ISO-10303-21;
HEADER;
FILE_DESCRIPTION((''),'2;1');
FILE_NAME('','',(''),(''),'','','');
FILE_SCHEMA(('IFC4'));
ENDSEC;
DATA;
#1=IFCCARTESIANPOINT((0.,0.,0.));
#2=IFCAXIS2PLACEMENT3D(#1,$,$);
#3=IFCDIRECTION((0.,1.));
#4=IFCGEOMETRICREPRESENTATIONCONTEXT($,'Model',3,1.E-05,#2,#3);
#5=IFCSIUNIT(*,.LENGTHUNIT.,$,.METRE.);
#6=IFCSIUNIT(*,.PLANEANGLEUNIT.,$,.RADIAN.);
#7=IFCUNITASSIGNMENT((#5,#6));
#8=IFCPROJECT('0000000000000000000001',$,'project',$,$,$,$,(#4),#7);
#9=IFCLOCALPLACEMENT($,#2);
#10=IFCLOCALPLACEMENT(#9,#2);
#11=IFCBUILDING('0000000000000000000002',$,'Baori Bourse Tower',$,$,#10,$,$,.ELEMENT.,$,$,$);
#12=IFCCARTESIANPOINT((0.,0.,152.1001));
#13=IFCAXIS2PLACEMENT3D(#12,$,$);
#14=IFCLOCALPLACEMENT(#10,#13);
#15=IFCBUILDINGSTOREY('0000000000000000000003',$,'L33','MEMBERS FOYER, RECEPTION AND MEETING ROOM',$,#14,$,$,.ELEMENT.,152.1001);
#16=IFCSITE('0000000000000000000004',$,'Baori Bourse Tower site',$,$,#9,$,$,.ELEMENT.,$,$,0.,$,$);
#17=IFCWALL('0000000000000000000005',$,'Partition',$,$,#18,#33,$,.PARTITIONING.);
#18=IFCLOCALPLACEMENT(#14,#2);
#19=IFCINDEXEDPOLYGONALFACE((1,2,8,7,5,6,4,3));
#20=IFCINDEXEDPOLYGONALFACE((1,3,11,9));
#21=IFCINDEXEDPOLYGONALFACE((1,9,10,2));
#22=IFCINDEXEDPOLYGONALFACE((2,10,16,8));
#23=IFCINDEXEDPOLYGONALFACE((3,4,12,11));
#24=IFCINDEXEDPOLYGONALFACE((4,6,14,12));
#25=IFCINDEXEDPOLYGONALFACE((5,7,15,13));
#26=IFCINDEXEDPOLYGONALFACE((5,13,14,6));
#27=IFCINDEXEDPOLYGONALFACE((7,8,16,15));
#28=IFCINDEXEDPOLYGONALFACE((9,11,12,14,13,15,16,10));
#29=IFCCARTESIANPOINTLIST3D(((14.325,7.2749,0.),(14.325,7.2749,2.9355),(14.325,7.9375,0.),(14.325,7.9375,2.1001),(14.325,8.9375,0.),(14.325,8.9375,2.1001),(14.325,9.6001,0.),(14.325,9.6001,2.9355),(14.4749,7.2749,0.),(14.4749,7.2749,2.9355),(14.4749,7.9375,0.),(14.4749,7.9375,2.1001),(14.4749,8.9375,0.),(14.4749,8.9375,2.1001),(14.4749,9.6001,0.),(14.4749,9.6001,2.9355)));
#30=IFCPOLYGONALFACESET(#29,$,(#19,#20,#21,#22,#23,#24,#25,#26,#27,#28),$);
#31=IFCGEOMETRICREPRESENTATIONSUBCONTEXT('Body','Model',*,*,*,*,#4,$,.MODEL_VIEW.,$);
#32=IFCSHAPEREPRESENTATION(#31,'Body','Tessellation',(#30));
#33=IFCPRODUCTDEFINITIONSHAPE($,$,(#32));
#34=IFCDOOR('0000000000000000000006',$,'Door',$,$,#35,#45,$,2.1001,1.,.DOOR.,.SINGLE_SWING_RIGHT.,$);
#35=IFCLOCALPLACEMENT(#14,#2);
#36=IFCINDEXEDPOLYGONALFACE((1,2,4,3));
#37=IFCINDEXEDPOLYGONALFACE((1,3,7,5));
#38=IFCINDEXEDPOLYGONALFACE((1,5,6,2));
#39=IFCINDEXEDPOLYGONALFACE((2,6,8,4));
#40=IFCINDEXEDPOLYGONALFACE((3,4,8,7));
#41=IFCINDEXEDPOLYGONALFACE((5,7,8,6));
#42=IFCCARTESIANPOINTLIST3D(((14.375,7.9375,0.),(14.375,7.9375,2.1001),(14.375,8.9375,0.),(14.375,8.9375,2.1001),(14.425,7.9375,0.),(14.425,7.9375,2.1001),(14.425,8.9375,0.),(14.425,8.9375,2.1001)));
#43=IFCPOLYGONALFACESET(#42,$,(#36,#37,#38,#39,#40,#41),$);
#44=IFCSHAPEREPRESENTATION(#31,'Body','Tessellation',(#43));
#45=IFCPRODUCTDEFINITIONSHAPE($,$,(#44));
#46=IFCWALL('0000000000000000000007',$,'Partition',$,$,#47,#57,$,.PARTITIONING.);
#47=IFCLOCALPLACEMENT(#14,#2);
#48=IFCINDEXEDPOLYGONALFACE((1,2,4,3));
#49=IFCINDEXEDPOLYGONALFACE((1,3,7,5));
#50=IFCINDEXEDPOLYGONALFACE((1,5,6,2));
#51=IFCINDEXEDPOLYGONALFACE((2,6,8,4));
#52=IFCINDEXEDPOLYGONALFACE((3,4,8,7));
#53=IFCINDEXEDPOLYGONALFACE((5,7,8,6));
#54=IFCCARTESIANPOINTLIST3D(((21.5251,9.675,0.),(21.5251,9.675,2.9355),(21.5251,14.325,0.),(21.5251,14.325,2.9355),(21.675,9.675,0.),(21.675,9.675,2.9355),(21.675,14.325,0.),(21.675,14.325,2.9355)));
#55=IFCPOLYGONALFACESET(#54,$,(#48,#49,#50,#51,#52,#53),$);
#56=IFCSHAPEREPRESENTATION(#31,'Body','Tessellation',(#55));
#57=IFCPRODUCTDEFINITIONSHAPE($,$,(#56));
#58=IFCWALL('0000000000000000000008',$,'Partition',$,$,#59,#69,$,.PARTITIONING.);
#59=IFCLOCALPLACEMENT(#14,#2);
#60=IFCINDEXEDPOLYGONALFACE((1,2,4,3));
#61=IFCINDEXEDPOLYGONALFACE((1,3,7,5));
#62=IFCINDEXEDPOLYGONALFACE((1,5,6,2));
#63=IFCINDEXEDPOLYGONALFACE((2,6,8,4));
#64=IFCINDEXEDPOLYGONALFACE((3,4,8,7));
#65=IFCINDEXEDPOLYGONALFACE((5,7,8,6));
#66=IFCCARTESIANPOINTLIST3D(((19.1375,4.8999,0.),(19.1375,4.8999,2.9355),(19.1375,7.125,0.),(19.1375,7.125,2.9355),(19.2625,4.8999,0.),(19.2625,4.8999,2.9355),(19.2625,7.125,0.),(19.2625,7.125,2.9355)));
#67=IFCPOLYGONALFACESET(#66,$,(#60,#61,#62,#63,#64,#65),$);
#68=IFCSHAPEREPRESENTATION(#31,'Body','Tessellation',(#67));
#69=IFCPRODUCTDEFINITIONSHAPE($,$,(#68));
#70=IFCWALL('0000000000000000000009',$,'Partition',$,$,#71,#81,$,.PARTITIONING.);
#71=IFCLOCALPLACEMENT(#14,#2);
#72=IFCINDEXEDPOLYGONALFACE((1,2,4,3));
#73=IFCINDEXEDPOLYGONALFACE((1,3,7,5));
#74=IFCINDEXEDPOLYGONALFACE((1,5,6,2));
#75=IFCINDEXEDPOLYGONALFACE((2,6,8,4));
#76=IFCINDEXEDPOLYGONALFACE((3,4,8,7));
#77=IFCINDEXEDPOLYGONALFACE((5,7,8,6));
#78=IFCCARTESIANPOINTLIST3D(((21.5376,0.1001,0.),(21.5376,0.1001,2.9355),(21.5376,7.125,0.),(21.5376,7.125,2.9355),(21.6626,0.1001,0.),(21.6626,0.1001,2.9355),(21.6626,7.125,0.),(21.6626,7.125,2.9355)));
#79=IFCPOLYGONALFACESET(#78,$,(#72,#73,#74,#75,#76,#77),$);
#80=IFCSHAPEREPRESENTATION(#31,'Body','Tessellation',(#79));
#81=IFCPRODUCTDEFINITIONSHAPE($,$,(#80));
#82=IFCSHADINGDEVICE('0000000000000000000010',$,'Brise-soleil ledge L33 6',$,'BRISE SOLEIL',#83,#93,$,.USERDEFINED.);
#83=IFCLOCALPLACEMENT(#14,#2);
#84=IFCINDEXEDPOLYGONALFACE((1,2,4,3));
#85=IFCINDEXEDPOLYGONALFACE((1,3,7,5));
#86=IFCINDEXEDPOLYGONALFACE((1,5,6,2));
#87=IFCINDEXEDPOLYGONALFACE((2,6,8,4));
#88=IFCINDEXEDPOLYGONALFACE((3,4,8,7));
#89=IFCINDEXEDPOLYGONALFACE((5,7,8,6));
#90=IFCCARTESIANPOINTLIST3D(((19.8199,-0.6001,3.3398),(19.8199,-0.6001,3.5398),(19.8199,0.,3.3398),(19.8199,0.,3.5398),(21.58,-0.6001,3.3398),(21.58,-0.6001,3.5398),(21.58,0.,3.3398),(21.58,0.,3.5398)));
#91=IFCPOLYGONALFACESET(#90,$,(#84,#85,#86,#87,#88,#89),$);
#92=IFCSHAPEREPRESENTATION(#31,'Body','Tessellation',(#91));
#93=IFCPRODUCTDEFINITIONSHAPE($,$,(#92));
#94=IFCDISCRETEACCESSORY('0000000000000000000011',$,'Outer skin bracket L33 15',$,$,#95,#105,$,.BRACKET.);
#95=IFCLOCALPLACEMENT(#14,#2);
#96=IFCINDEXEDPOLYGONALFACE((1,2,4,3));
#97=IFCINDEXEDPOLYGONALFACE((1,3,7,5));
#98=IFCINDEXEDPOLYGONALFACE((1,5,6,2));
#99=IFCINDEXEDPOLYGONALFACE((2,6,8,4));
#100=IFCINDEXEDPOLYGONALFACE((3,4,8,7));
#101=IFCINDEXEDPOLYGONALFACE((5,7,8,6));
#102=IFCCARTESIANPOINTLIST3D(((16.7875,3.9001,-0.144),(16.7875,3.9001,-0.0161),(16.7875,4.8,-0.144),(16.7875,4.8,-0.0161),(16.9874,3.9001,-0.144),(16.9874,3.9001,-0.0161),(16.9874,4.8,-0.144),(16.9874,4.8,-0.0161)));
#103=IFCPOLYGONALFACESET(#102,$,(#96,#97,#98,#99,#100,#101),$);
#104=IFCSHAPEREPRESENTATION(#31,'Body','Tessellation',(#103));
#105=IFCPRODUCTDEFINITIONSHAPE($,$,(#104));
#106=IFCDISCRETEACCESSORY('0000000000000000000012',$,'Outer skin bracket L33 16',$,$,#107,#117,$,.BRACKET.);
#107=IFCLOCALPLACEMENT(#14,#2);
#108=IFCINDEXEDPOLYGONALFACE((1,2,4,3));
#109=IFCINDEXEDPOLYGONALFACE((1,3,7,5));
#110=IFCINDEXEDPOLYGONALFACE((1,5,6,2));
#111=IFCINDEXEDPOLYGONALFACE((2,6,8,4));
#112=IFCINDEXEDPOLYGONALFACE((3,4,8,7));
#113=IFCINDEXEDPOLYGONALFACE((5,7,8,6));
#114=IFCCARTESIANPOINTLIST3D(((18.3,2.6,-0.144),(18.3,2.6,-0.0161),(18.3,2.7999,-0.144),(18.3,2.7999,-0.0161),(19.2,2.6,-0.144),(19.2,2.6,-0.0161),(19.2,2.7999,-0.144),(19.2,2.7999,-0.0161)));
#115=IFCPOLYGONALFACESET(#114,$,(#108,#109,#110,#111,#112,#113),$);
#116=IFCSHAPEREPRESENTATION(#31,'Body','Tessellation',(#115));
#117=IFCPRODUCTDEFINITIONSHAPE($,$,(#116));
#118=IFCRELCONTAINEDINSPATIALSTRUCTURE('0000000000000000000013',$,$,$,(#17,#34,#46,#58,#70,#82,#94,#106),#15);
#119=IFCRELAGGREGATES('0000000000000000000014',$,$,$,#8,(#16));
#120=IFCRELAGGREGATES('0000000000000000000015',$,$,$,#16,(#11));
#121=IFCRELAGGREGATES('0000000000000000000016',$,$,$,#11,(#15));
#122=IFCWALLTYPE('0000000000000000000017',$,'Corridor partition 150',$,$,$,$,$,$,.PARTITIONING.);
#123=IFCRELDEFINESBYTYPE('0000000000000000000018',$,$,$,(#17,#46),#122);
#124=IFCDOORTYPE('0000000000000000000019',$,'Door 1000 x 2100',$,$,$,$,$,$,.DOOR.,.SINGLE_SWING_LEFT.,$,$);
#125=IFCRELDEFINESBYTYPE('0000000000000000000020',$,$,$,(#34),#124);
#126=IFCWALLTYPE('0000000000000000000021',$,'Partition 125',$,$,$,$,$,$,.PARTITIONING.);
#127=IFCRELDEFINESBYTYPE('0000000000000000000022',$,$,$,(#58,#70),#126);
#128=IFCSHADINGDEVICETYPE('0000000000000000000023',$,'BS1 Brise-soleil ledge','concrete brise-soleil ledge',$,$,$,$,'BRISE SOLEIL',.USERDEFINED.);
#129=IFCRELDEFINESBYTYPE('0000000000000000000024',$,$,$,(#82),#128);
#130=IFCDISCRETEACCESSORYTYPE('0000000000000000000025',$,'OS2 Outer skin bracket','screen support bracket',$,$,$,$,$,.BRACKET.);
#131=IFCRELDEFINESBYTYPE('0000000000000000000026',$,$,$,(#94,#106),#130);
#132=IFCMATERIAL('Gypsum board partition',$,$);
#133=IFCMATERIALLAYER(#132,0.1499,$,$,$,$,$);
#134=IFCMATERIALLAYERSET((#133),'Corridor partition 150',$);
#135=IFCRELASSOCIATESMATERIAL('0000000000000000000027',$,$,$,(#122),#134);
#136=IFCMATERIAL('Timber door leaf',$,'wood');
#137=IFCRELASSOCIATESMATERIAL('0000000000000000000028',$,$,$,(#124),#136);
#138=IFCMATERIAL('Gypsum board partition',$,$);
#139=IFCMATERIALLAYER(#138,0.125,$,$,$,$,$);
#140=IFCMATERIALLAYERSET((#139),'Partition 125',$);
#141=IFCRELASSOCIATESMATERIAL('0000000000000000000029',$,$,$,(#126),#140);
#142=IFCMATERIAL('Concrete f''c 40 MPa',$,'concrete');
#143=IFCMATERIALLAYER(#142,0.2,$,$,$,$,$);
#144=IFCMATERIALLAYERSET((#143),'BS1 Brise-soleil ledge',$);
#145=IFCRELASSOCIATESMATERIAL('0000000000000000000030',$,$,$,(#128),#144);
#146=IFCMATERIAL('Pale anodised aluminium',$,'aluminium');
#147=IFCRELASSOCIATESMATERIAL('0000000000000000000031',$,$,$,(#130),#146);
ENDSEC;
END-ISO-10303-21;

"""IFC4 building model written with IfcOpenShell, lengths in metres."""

from ifc_helpers import new_model, si_unit, direction, frame, frame_2d, origin, origin_2d, place, context, subcontext, project, spatial, rectangle, extrude, material, layer, layer_set, type_object, element, fill, save


model = new_model("IFC4")

# Units and contexts
model_context = context("Model", 3, precision=1e-05, world=origin(), true_north=direction((0.0, 1.0)))
body_context = subcontext(model_context, "Body", "Model", "MODEL_VIEW")
ifc_project = project(units=[si_unit("LENGTHUNIT", "METRE"), si_unit("PLANEANGLEUNIT", "RADIAN")], contexts=[model_context])

# Site, building, storey
site_placement = place(None, origin())
site = spatial("IfcSite", under=ifc_project, at=site_placement, Name="Baori Bourse Tower site", CompositionType="ELEMENT", RefElevation=0.0)
building_placement = place(site_placement, origin())
building = spatial("IfcBuilding", under=site, at=building_placement, Name="Baori Bourse Tower", CompositionType="ELEMENT")
storey_placement = place(building_placement, frame((0.0, 0.0, 152.1001)))
storey = spatial("IfcBuildingStorey", under=building, at=storey_placement, Name="L33", Description="MEMBERS FOYER, RECEPTION AND MEETING ROOM", CompositionType="ELEMENT", Elevation=152.1001)

# Shared definitions
ifc_material_1 = material(Name="Gypsum board partition")
ifc_layer_1 = layer(ifc_material_1, 0.1499)
ifc_layer_set_1 = layer_set([ifc_layer_1], Name="Corridor partition 150")
wall_type_1 = type_object("IfcWallType", Name="Corridor partition 150", PredefinedType="PARTITIONING", material=ifc_layer_set_1)
ifc_material_2 = material(Name="Timber door leaf", Category="wood")
door_type_1 = type_object("IfcDoorType", Name="Door 1000 x 2100", OperationType="SINGLE_SWING_LEFT", PredefinedType="DOOR", material=ifc_material_2)

# Wall, opening, door
wall_1_placement = place(storey_placement, frame((14.3999, 7.2749, 0.0), z_axis=(0.0, 0.0, 1.0), x_axis=(0.0, 1.0, 0.0)))
wall_1 = element("IfcWall", 1, at=wall_1_placement, inside=storey, type_object=wall_type_1, Name="Partition", PredefinedType="PARTITIONING", context=body_context, shape_type="SweptSolid", body=[
    extrude(rectangle(XDim=2.3252, YDim=0.1499, at=frame_2d((1.1626, 0.0))), origin(), (0.0, 0.0, 1.0), 2.9355),
])
opening_1_placement = place(wall_1_placement, frame((0.6626, 0.0, 0.0)))
opening_1 = element("IfcOpeningElement", 2, at=opening_1_placement, cuts=wall_1, PredefinedType="OPENING", context=body_context, shape_type="SweptSolid", body=[
    extrude(rectangle(XDim=1.0, YDim=2.1001, at=frame_2d((0.5, 1.05))), frame((0.0, 0.085, 0.0), z_axis=(0.0, -1.0, 0.0), x_axis=(1.0, 0.0, 0.0)), (0.0, 0.0, 1.0), 0.1699),
])
door_1_placement = place(opening_1_placement, origin())
door_1 = element("IfcDoor", 3, at=door_1_placement, inside=storey, type_object=door_type_1, Name="Door", OperationType="SINGLE_SWING_RIGHT", OverallHeight=2.1001, OverallWidth=1.0, PredefinedType="DOOR", context=body_context, shape_type="SweptSolid", body=[
    extrude(rectangle(XDim=1.0, YDim=2.1001, at=frame_2d((0.5, 1.05))), frame((0.0, 0.0249, 0.0), z_axis=(0.0, -1.0, 0.0), x_axis=(1.0, 0.0, 0.0)), (0.0, 0.0, 1.0), 0.05),
])
fill(opening_1, door_1)

# Walls
wall_2_placement = place(storey_placement, frame((21.6001, 9.675, 0.0), z_axis=(0.0, 0.0, 1.0), x_axis=(0.0, 1.0, 0.0)))
element("IfcWall", 4, at=wall_2_placement, inside=storey, type_object=wall_type_1, Name="Partition", PredefinedType="PARTITIONING", context=body_context, shape_type="SweptSolid", body=[
    extrude(rectangle(XDim=4.6499, YDim=0.1499, at=frame_2d((2.325, 0.0))), origin(), (0.0, 0.0, 1.0), 2.9355),
])
ifc_material_3 = material(Name="Gypsum board partition")
ifc_layer_2 = layer(ifc_material_3, 0.125)
ifc_layer_set_2 = layer_set([ifc_layer_2], Name="Partition 125")
wall_type_2 = type_object("IfcWallType", Name="Partition 125", PredefinedType="PARTITIONING", material=ifc_layer_set_2)
wall_3_placement = place(storey_placement, frame((19.2, 4.8999, 0.0), z_axis=(0.0, 0.0, 1.0), x_axis=(0.0, 1.0, 0.0)))
element("IfcWall", 5, at=wall_3_placement, inside=storey, type_object=wall_type_2, Name="Partition", PredefinedType="PARTITIONING", context=body_context, shape_type="SweptSolid", body=[
    extrude(rectangle(XDim=2.2251, YDim=0.125, at=frame_2d((1.1125, 0.0))), origin(), (0.0, 0.0, 1.0), 2.9355),
])
wall_4_placement = place(storey_placement, frame((21.6001, 0.1001, 0.0), z_axis=(0.0, 0.0, 1.0), x_axis=(0.0, 1.0, 0.0)))
element("IfcWall", 6, at=wall_4_placement, inside=storey, type_object=wall_type_2, Name="Partition", PredefinedType="PARTITIONING", context=body_context, shape_type="SweptSolid", body=[
    extrude(rectangle(XDim=7.0249, YDim=0.125, at=frame_2d((3.5125, 0.0))), origin(), (0.0, 0.0, 1.0), 2.9355),
])

# Shading device
ifc_material_4 = material(Name="Concrete f'c 40 MPa", Category="concrete")
ifc_layer_3 = layer(ifc_material_4, 0.2)
ifc_layer_set_3 = layer_set([ifc_layer_3], Name="BS1 Brise-soleil ledge")
shading_device_type = type_object("IfcShadingDeviceType", Name="BS1 Brise-soleil ledge", Description="concrete brise-soleil ledge", ElementType="BRISE SOLEIL", PredefinedType="USERDEFINED", material=ifc_layer_set_3)
shading_device_placement = place(storey_placement, frame((20.7, -0.3, 3.3398), z_axis=(0.0, 0.0, 1.0), x_axis=(1.0, 0.0, 0.0)))
element("IfcShadingDevice", 7, at=shading_device_placement, inside=storey, type_object=shading_device_type, Name="Brise-soleil ledge L33 6", ObjectType="BRISE SOLEIL", PredefinedType="USERDEFINED", context=body_context, shape_type="SweptSolid", body=[
    extrude(rectangle(XDim=1.76, YDim=0.6001, at=origin_2d()), origin(), (0.0, 0.0, 1.0), 0.2),
])

# Discrete accessories
ifc_material_5 = material(Name="Pale anodised aluminium", Category="aluminium")
discrete_accessory_type = type_object("IfcDiscreteAccessoryType", Name="OS2 Outer skin bracket", Description="screen support bracket", PredefinedType="BRACKET", material=ifc_material_5)
for number, where, z_axis, x_axis, name in (
    (8, (16.8875, 4.3501, -0.144), (0.0, 0.0, 1.0), (1.0, 0.0, 0.0), "Outer skin bracket L33 15"),
    (9, (18.75, 2.7, -0.144), (0.0, 0.0, 1.0), (0.0, -1.0, 0.0), "Outer skin bracket L33 16"),
):
    element("IfcDiscreteAccessory", number, at=place(storey_placement, frame(where, z_axis=z_axis, x_axis=x_axis)), inside=storey, type_object=discrete_accessory_type, Name=name, PredefinedType="BRACKET", context=body_context, shape_type="SweptSolid", body=[
        extrude(rectangle(XDim=0.2, YDim=0.8999, at=origin_2d()), origin(), (0.0, 0.0, 1.0), 0.1279),
    ])

save(model, "model.ifc")
